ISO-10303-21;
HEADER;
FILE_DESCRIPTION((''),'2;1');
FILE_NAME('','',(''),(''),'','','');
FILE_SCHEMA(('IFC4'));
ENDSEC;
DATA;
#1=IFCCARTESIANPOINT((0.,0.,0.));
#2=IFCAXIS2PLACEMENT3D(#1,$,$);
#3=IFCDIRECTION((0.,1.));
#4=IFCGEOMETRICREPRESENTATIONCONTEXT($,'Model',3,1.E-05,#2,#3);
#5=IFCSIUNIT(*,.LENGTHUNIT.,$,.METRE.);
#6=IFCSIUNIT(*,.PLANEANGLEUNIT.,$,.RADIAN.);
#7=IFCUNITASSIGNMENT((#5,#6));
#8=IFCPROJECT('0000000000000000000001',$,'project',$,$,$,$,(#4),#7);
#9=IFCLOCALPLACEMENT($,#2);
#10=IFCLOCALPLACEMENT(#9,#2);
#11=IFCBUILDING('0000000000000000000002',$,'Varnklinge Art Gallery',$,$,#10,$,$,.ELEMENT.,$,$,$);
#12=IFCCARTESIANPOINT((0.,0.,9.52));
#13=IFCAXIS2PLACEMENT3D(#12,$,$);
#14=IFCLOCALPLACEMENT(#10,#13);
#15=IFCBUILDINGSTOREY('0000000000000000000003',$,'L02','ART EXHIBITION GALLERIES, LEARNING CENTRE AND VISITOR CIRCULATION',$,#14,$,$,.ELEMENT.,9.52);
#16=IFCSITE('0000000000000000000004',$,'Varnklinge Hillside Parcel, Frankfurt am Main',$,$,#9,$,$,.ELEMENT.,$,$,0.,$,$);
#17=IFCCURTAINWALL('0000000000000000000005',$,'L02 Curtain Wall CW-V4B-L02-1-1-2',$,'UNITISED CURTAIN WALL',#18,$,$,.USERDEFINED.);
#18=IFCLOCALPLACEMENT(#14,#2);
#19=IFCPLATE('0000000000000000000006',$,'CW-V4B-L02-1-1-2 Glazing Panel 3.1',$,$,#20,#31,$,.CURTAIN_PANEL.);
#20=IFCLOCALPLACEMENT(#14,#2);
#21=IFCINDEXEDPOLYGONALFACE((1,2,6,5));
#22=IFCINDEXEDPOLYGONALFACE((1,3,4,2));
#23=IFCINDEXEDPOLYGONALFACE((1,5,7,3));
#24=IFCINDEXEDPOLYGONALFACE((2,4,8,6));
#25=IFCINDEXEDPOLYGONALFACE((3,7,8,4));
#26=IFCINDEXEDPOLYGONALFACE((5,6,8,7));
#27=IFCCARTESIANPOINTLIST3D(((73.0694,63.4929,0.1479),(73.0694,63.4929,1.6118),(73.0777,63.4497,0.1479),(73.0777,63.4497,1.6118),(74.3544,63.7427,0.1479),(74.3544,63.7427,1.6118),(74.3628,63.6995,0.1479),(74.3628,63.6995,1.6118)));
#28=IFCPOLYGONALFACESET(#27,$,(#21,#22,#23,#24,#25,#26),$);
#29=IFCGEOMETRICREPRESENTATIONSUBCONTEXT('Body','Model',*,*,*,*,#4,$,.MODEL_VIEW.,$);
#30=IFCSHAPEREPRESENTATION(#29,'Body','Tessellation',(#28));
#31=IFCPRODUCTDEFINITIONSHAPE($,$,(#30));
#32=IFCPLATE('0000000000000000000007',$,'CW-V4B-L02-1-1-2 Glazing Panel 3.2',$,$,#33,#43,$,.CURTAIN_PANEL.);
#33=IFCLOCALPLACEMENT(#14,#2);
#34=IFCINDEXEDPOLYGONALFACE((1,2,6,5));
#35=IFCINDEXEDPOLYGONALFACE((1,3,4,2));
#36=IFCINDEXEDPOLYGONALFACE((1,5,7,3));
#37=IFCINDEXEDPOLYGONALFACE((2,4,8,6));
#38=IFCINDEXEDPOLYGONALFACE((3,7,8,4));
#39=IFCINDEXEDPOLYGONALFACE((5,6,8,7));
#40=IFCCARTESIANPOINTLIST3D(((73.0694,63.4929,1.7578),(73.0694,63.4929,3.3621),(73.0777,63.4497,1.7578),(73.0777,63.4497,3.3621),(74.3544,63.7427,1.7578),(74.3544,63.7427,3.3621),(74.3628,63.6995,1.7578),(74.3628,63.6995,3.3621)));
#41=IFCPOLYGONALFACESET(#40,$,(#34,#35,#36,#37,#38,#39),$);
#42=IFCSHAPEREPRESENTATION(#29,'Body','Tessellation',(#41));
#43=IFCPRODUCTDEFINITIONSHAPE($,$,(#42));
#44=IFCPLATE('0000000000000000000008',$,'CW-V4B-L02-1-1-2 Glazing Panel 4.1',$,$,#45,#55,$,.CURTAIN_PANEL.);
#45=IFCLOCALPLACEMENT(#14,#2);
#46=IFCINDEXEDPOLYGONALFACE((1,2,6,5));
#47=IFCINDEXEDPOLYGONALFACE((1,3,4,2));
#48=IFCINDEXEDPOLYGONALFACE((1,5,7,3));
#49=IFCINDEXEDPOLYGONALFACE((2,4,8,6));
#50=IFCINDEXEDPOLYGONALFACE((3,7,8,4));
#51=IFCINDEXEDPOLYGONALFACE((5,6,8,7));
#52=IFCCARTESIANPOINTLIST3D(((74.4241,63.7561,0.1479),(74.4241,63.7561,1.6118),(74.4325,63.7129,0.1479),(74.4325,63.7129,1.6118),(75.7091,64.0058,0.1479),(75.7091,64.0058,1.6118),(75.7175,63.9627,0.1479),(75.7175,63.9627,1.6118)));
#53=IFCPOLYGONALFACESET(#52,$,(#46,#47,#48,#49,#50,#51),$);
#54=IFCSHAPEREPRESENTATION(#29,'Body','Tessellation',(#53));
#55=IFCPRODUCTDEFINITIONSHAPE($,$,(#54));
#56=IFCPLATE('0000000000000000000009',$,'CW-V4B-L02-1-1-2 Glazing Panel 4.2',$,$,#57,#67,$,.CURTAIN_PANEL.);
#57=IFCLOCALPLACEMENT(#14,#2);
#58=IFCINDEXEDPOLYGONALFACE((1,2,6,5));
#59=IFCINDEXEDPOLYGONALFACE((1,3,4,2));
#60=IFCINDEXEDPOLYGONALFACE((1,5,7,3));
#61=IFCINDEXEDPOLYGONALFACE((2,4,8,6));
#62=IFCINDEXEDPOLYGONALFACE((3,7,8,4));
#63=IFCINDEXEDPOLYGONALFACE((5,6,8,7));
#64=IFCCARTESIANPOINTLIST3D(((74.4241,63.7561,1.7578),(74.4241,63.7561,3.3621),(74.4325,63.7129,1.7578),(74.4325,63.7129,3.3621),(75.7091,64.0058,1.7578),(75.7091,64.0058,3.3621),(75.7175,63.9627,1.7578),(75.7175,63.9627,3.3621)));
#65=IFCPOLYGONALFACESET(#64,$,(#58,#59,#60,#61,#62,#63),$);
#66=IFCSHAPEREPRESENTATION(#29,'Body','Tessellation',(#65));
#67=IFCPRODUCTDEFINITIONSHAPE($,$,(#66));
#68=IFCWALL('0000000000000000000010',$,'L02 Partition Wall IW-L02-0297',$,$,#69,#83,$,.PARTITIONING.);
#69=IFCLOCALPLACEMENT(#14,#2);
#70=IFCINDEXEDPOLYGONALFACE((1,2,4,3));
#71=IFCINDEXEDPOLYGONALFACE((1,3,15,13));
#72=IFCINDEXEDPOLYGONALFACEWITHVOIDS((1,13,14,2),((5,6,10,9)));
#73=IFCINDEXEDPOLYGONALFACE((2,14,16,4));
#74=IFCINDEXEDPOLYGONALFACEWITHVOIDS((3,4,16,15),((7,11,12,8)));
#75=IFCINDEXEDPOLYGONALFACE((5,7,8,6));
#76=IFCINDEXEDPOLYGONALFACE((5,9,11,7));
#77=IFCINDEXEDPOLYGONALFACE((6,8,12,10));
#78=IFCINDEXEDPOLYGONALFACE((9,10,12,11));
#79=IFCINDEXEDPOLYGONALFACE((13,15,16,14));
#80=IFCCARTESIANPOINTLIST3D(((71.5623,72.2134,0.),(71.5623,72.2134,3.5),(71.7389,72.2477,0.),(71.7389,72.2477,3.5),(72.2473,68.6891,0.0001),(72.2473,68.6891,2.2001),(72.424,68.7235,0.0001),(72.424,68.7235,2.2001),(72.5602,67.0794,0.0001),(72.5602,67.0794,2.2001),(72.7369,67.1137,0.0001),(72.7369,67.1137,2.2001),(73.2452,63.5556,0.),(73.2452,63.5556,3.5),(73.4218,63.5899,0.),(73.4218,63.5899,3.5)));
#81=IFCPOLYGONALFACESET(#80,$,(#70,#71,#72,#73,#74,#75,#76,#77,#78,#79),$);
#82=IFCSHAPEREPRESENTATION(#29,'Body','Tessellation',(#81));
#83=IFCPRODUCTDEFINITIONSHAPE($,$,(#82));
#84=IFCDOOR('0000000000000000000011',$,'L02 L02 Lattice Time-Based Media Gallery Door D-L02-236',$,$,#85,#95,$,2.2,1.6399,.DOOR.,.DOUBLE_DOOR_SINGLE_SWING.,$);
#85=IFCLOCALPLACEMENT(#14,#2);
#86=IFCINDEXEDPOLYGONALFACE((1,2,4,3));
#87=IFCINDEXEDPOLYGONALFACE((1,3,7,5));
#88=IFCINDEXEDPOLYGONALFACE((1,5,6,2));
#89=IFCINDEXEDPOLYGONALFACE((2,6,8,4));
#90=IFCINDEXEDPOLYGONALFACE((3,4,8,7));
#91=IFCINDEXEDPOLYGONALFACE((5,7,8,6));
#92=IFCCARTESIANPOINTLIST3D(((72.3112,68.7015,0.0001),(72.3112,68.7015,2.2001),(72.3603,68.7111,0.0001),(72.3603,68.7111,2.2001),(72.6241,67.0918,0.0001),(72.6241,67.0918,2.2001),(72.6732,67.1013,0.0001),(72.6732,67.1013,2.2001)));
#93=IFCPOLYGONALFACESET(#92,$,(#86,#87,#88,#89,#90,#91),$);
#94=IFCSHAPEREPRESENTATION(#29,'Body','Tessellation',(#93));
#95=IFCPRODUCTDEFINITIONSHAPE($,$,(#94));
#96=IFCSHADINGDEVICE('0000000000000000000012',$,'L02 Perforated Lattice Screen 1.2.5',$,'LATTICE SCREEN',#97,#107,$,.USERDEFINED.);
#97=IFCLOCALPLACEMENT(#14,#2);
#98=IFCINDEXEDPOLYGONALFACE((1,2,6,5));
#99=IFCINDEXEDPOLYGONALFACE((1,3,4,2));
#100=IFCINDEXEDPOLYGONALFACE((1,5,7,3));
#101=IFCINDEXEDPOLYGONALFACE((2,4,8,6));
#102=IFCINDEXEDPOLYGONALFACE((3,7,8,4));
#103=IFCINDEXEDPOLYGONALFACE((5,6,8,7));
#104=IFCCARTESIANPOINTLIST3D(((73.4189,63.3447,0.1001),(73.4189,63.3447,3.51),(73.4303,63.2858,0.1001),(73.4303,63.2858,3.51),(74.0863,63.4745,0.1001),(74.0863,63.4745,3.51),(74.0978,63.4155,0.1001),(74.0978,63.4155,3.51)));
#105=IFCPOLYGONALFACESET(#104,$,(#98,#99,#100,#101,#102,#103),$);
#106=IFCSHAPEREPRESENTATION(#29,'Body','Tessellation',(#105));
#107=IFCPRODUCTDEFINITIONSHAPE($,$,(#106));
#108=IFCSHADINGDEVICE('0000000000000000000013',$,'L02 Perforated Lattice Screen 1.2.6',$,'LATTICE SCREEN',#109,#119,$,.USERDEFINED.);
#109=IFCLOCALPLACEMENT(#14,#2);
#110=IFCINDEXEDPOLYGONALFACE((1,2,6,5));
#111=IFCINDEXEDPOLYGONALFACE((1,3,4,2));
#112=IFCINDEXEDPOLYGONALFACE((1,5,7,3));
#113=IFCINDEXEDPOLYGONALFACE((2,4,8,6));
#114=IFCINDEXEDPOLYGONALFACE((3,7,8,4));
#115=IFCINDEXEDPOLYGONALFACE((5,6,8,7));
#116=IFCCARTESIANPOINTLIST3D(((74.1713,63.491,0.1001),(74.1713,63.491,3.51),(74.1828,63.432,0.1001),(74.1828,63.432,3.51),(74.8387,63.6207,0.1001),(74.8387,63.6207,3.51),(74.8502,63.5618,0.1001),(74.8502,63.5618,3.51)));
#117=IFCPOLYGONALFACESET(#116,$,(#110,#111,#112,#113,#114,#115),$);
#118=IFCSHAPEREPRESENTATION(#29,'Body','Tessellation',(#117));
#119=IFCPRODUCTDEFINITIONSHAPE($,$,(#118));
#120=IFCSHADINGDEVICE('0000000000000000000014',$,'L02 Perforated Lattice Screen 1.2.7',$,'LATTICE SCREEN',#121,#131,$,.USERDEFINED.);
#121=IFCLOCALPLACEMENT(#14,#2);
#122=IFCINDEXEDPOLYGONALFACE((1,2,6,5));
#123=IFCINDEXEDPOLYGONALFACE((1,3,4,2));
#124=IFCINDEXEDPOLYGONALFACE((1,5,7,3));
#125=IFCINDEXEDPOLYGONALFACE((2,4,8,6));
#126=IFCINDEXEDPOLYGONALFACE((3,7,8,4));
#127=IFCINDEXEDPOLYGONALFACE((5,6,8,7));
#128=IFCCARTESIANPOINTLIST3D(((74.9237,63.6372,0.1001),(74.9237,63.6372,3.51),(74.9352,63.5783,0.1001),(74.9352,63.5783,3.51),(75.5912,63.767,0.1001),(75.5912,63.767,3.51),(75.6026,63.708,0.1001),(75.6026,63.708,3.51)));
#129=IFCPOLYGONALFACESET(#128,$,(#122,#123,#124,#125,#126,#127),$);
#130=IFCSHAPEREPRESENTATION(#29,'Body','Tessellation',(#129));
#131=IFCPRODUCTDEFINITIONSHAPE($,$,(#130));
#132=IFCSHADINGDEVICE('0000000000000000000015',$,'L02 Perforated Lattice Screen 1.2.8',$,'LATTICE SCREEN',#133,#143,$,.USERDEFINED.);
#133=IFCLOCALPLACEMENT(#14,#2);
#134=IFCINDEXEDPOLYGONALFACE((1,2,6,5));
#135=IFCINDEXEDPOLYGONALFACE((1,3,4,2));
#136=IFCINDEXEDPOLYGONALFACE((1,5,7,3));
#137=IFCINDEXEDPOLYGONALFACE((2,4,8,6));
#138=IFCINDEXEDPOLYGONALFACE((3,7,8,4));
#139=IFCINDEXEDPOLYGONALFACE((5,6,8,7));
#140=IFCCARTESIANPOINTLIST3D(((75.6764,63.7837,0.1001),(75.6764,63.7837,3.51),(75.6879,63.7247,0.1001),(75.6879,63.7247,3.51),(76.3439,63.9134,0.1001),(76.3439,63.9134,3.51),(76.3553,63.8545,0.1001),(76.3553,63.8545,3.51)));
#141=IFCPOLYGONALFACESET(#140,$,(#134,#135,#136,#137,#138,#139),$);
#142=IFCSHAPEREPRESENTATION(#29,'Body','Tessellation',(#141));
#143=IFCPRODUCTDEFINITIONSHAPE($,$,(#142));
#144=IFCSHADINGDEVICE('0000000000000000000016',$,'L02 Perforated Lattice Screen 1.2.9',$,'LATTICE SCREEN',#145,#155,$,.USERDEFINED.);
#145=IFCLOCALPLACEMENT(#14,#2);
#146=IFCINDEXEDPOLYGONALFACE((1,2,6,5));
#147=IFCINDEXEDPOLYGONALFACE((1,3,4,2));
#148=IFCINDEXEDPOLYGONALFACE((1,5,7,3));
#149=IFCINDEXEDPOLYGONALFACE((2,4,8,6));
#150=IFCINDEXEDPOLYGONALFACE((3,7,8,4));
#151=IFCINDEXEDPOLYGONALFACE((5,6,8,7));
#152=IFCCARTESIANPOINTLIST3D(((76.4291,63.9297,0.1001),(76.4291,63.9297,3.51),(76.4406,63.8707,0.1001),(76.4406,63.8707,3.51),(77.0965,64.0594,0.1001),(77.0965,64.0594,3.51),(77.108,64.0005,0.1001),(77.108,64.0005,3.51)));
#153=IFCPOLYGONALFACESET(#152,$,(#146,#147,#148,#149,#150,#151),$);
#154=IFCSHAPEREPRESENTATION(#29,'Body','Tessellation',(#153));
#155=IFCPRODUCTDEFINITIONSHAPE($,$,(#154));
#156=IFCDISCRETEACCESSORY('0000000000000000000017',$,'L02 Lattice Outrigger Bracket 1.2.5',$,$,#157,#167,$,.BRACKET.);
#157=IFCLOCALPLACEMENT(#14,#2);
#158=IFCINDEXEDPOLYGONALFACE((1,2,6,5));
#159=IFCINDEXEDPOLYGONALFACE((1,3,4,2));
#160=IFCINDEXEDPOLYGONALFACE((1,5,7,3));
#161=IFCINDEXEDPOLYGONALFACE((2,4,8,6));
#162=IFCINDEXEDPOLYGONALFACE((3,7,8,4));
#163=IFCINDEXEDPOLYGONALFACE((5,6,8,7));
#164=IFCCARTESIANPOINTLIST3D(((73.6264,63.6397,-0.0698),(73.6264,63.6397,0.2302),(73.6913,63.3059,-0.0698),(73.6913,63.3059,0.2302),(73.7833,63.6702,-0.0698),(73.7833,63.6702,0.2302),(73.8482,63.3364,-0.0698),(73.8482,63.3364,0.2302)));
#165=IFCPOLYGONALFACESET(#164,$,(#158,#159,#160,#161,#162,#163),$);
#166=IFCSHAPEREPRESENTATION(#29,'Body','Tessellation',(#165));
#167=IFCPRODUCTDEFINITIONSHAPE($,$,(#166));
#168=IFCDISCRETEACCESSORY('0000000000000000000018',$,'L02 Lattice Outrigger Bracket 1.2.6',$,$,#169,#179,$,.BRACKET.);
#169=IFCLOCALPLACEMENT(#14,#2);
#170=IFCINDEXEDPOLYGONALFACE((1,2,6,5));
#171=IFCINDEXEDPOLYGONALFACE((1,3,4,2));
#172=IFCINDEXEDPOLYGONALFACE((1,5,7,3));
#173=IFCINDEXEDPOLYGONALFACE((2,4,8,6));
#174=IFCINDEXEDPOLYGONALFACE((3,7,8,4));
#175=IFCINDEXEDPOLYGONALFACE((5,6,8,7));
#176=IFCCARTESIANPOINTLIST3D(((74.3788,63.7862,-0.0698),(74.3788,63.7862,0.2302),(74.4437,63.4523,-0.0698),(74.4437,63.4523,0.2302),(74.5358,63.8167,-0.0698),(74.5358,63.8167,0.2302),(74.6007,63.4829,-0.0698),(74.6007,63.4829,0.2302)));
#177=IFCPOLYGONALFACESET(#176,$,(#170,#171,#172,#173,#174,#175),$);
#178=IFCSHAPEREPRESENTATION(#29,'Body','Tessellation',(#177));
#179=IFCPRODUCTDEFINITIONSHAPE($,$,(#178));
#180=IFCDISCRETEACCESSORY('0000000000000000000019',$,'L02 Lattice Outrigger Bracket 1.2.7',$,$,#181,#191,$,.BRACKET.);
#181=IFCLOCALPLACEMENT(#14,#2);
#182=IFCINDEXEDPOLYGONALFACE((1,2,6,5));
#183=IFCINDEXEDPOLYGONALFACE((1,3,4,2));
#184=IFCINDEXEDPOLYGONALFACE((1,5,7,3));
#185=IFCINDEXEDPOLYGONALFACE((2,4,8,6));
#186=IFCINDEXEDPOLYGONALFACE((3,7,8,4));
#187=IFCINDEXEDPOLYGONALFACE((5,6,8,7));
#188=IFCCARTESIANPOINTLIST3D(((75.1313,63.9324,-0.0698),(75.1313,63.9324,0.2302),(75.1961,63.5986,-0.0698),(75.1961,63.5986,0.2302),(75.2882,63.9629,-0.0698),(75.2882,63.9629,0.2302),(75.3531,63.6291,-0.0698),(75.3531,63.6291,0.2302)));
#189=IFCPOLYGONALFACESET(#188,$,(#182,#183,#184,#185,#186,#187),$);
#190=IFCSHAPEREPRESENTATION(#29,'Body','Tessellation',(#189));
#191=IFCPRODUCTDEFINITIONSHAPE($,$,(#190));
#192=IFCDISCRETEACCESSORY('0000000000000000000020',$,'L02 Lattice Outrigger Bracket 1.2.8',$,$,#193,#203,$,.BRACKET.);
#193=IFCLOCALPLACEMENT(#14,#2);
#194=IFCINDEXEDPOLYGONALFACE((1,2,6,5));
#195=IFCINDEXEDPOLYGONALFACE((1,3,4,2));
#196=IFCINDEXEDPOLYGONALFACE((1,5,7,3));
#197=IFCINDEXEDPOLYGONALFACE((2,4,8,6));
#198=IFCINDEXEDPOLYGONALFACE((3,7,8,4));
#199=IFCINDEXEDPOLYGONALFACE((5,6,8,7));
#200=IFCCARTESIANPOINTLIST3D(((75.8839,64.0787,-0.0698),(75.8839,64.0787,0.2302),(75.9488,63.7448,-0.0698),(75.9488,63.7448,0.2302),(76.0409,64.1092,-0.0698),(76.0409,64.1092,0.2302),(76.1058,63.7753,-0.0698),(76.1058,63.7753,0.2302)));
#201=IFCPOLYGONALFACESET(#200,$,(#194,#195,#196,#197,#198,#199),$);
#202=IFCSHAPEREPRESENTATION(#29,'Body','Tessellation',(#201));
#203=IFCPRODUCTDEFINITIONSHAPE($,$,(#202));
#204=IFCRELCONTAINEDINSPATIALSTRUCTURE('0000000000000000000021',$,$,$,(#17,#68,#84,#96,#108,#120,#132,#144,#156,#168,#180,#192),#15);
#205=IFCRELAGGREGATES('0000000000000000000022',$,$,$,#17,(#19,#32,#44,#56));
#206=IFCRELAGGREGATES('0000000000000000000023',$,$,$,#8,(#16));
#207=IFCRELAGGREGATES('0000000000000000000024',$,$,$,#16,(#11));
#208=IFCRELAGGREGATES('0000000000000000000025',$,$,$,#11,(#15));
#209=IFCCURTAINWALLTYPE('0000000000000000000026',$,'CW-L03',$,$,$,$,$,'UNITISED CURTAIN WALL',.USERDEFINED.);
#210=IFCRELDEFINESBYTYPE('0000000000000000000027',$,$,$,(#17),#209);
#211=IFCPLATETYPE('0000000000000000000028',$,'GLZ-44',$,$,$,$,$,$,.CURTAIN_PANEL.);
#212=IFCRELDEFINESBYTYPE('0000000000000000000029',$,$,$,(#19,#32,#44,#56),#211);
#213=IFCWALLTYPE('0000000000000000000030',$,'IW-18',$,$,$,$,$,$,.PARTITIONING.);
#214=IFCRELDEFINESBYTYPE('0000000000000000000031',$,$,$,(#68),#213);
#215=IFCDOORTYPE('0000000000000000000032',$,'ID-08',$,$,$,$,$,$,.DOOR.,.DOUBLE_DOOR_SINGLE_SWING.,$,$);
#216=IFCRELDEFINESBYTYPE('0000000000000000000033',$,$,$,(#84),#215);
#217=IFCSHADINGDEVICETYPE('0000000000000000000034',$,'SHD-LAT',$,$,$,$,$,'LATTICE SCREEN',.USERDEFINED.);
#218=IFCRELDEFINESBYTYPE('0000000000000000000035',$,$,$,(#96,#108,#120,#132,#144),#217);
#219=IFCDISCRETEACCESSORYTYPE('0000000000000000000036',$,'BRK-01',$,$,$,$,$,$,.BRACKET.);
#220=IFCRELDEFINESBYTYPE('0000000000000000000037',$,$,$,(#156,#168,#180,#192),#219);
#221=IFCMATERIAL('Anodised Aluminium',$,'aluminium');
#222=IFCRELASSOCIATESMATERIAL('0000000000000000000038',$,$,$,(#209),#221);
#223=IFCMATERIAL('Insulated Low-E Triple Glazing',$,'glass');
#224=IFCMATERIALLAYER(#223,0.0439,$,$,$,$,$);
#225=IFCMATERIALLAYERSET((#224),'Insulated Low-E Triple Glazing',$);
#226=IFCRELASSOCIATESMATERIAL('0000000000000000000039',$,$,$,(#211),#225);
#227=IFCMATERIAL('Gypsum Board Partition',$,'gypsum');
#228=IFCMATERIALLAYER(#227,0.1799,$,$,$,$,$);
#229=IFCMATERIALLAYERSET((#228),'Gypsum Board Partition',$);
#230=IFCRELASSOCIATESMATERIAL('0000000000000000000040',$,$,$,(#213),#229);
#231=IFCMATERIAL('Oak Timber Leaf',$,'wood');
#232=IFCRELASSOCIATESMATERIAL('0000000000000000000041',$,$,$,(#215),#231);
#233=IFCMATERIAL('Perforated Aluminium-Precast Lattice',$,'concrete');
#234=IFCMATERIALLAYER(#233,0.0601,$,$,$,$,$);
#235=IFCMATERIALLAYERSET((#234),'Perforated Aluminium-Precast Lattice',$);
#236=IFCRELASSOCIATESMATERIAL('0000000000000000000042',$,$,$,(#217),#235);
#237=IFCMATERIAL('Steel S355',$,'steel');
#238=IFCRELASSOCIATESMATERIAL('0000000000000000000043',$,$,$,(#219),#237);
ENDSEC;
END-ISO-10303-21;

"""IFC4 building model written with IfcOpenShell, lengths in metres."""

from ifc_helpers import new_model, si_unit, direction, frame, frame_2d, origin, origin_2d, place, context, subcontext, project, spatial, rectangle, extrude, material, layer, layer_set, type_object, element, fill, aggregate, save


model = new_model("IFC4")

# Units and contexts
model_context = context("Model", 3, precision=1e-05, world=origin(), true_north=direction((0.0, 1.0)))
body_context = subcontext(model_context, "Body", "Model", "MODEL_VIEW")
ifc_project = project(units=[si_unit("LENGTHUNIT", "METRE"), si_unit("PLANEANGLEUNIT", "RADIAN")], contexts=[model_context])

# Site, building, storey
site_placement = place(None, origin())
site = spatial("IfcSite", under=ifc_project, at=site_placement, Name="Varnklinge Hillside Parcel, Frankfurt am Main", CompositionType="ELEMENT", RefElevation=0.0)
building_placement = place(site_placement, origin())
building = spatial("IfcBuilding", under=site, at=building_placement, Name="Varnklinge Art Gallery", CompositionType="ELEMENT")
storey_placement = place(building_placement, frame((0.0, 0.0, 9.52)))
storey = spatial("IfcBuildingStorey", under=building, at=storey_placement, Name="L02", Description="ART EXHIBITION GALLERIES, LEARNING CENTRE AND VISITOR CIRCULATION", CompositionType="ELEMENT", Elevation=9.52)

# Curtain wall
ifc_material_1 = material(Name="Anodised Aluminium", Category="aluminium")
curtain_wall_type = type_object("IfcCurtainWallType", Name="CW-L03", ElementType="UNITISED CURTAIN WALL", PredefinedType="USERDEFINED", material=ifc_material_1)
curtain_wall_placement = place(storey_placement, origin())
curtain_wall = element("IfcCurtainWall", 1, at=curtain_wall_placement, inside=storey, type_object=curtain_wall_type, Name="L02 Curtain Wall CW-V4B-L02-1-1-2", ObjectType="UNITISED CURTAIN WALL", PredefinedType="USERDEFINED")

# Plates
ifc_material_2 = material(Name="Insulated Low-E Triple Glazing", Category="glass")
ifc_layer_1 = layer(ifc_material_2, 0.0439)
ifc_layer_set_1 = layer_set([ifc_layer_1], Name="Insulated Low-E Triple Glazing")
plate_type = type_object("IfcPlateType", Name="GLZ-44", PredefinedType="CURTAIN_PANEL", material=ifc_layer_set_1)
plate_1_placement = place(storey_placement, frame((73.7161, 63.5962, 0.1479), z_axis=(0.0, 0.0, 1.0), x_axis=(0.981627, 0.190809, 0.0)))
plate_1 = element("IfcPlate", 2, at=plate_1_placement, type_object=plate_type, Name="CW-V4B-L02-1-1-2 Glazing Panel 3.1", PredefinedType="CURTAIN_PANEL", context=body_context, shape_type="SweptSolid", body=[
    extrude(rectangle(XDim=1.3091, YDim=0.0439, at=origin_2d()), origin(), (0.0, 0.0, 1.0), 1.4639),
])
plate_2_placement = place(storey_placement, frame((73.7161, 63.5962, 1.7578), z_axis=(0.0, 0.0, 1.0), x_axis=(0.981627, 0.190809, 0.0)))
plate_2 = element("IfcPlate", 3, at=plate_2_placement, type_object=plate_type, Name="CW-V4B-L02-1-1-2 Glazing Panel 3.2", PredefinedType="CURTAIN_PANEL", context=body_context, shape_type="SweptSolid", body=[
    extrude(rectangle(XDim=1.3091, YDim=0.0439, at=origin_2d()), origin(), (0.0, 0.0, 1.0), 1.6042),
])
plate_3_placement = place(storey_placement, frame((75.0708, 63.8594, 0.1479), z_axis=(0.0, 0.0, 1.0), x_axis=(0.981627, 0.190809, 0.0)))
plate_3 = element("IfcPlate", 4, at=plate_3_placement, type_object=plate_type, Name="CW-V4B-L02-1-1-2 Glazing Panel 4.1", PredefinedType="CURTAIN_PANEL", context=body_context, shape_type="SweptSolid", body=[
    extrude(rectangle(XDim=1.3091, YDim=0.0439, at=origin_2d()), origin(), (0.0, 0.0, 1.0), 1.4639),
])
plate_4_placement = place(storey_placement, frame((75.0708, 63.8594, 1.7578), z_axis=(0.0, 0.0, 1.0), x_axis=(0.981627, 0.190809, 0.0)))
plate_4 = element("IfcPlate", 5, at=plate_4_placement, type_object=plate_type, Name="CW-V4B-L02-1-1-2 Glazing Panel 4.2", PredefinedType="CURTAIN_PANEL", context=body_context, shape_type="SweptSolid", body=[
    extrude(rectangle(XDim=1.3091, YDim=0.0439, at=origin_2d()), origin(), (0.0, 0.0, 1.0), 1.6042),
])
aggregate(curtain_wall, [plate_1, plate_2, plate_3, plate_4])

# Wall, opening, door
ifc_material_3 = material(Name="Gypsum Board Partition", Category="gypsum")
ifc_layer_2 = layer(ifc_material_3, 0.1799)
ifc_layer_set_2 = layer_set([ifc_layer_2], Name="Gypsum Board Partition")
wall_type = type_object("IfcWallType", Name="IW-18", PredefinedType="PARTITIONING", material=ifc_layer_set_2)
wall_placement = place(storey_placement, frame((73.3335, 63.5728, 0.0), z_axis=(0.0, 0.0, 1.0), x_axis=(-0.190806, 0.981628, 0.0)))
wall = element("IfcWall", 6, at=wall_placement, inside=storey, type_object=wall_type, Name="L02 Partition Wall IW-L02-0297", PredefinedType="PARTITIONING", context=body_context, shape_type="SweptSolid", body=[
    extrude(rectangle(XDim=8.8198, YDim=0.1799, at=frame_2d((4.4099, 0.0))), origin(), (0.0, 0.0, 1.0), 3.5),
])
opening_placement = place(wall_placement, frame((3.5898, 0.0, 0.0)))
opening = element("IfcOpeningElement", 7, at=opening_placement, cuts=wall, PredefinedType="OPENING", context=body_context, shape_type="SweptSolid", body=[
    extrude(rectangle(XDim=1.6399, YDim=2.2, at=frame_2d((0.8198, 1.1001))), frame((0.0, 0.0999, 0.0), z_axis=(0.0, -1.0, 0.0), x_axis=(1.0, 0.0, 0.0)), (0.0, 0.0, 1.0), 0.2),
])
ifc_material_4 = material(Name="Oak Timber Leaf", Category="wood")
door_type = type_object("IfcDoorType", Name="ID-08", OperationType="DOUBLE_DOOR_SINGLE_SWING", PredefinedType="DOOR", material=ifc_material_4)
door_placement = place(opening_placement, origin())
door = element("IfcDoor", 8, at=door_placement, inside=storey, type_object=door_type, Name="L02 L02 Lattice Time-Based Media Gallery Door D-L02-236", OperationType="DOUBLE_DOOR_SINGLE_SWING", OverallHeight=2.2, OverallWidth=1.6399, PredefinedType="DOOR", context=body_context, shape_type="SweptSolid", body=[
    extrude(rectangle(XDim=1.6399, YDim=2.2, at=frame_2d((0.8198, 1.1001))), frame((0.0, 0.0249, 0.0), z_axis=(0.0, -1.0, 0.0), x_axis=(1.0, 0.0, 0.0)), (0.0, 0.0, 1.0), 0.05),
])
fill(opening, door)

# Shading devices
ifc_material_5 = material(Name="Perforated Aluminium-Precast Lattice", Category="concrete")
ifc_layer_3 = layer(ifc_material_5, 0.0601)
ifc_layer_set_3 = layer_set([ifc_layer_3], Name="Perforated Aluminium-Precast Lattice")
shading_device_type = type_object("IfcShadingDeviceType", Name="SHD-LAT", ElementType="LATTICE SCREEN", PredefinedType="USERDEFINED", material=ifc_layer_set_3)
for number, where, z_axis, x_axis, name in (
    (9, (73.7583, 63.3801, 0.1001), (0.0, 0.0, 1.0), (0.981627, 0.190809, 0.0), "L02 Perforated Lattice Screen 1.2.5"),
    (10, (74.5107, 63.5264, 0.1001), (0.0, 0.0, 1.0), (0.981627, 0.190809, 0.0), "L02 Perforated Lattice Screen 1.2.6"),
    (11, (75.2632, 63.6726, 0.1001), (0.0, 0.0, 1.0), (0.981627, 0.190809, 0.0), "L02 Perforated Lattice Screen 1.2.7"),
    (12, (76.0159, 63.8191, 0.1001), (0.0, 0.0, 1.0), (0.981627, 0.190809, 0.0), "L02 Perforated Lattice Screen 1.2.8"),
    (13, (76.7686, 63.9651, 0.1001), (0.0, 0.0, 1.0), (0.981627, 0.190809, 0.0), "L02 Perforated Lattice Screen 1.2.9"),
):
    element("IfcShadingDevice", number, at=place(storey_placement, frame(where, z_axis=z_axis, x_axis=x_axis)), inside=storey, type_object=shading_device_type, Name=name, ObjectType="LATTICE SCREEN", PredefinedType="USERDEFINED", context=body_context, shape_type="SweptSolid", body=[
        extrude(rectangle(XDim=0.6799, YDim=0.0601, at=origin_2d()), origin(), (0.0, 0.0, 1.0), 3.4099),
    ])

# Discrete accessories
ifc_material_6 = material(Name="Steel S355", Category="steel")
discrete_accessory_type = type_object("IfcDiscreteAccessoryType", Name="BRK-01", PredefinedType="BRACKET", material=ifc_material_6)
for number, where, z_axis, x_axis, name in (
    (14, (73.7373, 63.488, -0.0698), (0.0, 0.0, 1.0), (0.981627, 0.190809, 0.0), "L02 Lattice Outrigger Bracket 1.2.5"),
    (15, (74.4897, 63.6345, -0.0698), (0.0, 0.0, 1.0), (0.981627, 0.190809, 0.0), "L02 Lattice Outrigger Bracket 1.2.6"),
    (16, (75.2422, 63.7808, -0.0698), (0.0, 0.0, 1.0), (0.981627, 0.190809, 0.0), "L02 Lattice Outrigger Bracket 1.2.7"),
    (17, (75.9949, 63.927, -0.0698), (0.0, 0.0, 1.0), (0.981627, 0.190809, 0.0), "L02 Lattice Outrigger Bracket 1.2.8"),
):
    element("IfcDiscreteAccessory", number, at=place(storey_placement, frame(where, z_axis=z_axis, x_axis=x_axis)), inside=storey, type_object=discrete_accessory_type, Name=name, PredefinedType="BRACKET", context=body_context, shape_type="SweptSolid", body=[
        extrude(rectangle(XDim=0.1599, YDim=0.3401, at=origin_2d()), origin(), (0.0, 0.0, 1.0), 0.3),
    ])

save(model, "model.ifc")
